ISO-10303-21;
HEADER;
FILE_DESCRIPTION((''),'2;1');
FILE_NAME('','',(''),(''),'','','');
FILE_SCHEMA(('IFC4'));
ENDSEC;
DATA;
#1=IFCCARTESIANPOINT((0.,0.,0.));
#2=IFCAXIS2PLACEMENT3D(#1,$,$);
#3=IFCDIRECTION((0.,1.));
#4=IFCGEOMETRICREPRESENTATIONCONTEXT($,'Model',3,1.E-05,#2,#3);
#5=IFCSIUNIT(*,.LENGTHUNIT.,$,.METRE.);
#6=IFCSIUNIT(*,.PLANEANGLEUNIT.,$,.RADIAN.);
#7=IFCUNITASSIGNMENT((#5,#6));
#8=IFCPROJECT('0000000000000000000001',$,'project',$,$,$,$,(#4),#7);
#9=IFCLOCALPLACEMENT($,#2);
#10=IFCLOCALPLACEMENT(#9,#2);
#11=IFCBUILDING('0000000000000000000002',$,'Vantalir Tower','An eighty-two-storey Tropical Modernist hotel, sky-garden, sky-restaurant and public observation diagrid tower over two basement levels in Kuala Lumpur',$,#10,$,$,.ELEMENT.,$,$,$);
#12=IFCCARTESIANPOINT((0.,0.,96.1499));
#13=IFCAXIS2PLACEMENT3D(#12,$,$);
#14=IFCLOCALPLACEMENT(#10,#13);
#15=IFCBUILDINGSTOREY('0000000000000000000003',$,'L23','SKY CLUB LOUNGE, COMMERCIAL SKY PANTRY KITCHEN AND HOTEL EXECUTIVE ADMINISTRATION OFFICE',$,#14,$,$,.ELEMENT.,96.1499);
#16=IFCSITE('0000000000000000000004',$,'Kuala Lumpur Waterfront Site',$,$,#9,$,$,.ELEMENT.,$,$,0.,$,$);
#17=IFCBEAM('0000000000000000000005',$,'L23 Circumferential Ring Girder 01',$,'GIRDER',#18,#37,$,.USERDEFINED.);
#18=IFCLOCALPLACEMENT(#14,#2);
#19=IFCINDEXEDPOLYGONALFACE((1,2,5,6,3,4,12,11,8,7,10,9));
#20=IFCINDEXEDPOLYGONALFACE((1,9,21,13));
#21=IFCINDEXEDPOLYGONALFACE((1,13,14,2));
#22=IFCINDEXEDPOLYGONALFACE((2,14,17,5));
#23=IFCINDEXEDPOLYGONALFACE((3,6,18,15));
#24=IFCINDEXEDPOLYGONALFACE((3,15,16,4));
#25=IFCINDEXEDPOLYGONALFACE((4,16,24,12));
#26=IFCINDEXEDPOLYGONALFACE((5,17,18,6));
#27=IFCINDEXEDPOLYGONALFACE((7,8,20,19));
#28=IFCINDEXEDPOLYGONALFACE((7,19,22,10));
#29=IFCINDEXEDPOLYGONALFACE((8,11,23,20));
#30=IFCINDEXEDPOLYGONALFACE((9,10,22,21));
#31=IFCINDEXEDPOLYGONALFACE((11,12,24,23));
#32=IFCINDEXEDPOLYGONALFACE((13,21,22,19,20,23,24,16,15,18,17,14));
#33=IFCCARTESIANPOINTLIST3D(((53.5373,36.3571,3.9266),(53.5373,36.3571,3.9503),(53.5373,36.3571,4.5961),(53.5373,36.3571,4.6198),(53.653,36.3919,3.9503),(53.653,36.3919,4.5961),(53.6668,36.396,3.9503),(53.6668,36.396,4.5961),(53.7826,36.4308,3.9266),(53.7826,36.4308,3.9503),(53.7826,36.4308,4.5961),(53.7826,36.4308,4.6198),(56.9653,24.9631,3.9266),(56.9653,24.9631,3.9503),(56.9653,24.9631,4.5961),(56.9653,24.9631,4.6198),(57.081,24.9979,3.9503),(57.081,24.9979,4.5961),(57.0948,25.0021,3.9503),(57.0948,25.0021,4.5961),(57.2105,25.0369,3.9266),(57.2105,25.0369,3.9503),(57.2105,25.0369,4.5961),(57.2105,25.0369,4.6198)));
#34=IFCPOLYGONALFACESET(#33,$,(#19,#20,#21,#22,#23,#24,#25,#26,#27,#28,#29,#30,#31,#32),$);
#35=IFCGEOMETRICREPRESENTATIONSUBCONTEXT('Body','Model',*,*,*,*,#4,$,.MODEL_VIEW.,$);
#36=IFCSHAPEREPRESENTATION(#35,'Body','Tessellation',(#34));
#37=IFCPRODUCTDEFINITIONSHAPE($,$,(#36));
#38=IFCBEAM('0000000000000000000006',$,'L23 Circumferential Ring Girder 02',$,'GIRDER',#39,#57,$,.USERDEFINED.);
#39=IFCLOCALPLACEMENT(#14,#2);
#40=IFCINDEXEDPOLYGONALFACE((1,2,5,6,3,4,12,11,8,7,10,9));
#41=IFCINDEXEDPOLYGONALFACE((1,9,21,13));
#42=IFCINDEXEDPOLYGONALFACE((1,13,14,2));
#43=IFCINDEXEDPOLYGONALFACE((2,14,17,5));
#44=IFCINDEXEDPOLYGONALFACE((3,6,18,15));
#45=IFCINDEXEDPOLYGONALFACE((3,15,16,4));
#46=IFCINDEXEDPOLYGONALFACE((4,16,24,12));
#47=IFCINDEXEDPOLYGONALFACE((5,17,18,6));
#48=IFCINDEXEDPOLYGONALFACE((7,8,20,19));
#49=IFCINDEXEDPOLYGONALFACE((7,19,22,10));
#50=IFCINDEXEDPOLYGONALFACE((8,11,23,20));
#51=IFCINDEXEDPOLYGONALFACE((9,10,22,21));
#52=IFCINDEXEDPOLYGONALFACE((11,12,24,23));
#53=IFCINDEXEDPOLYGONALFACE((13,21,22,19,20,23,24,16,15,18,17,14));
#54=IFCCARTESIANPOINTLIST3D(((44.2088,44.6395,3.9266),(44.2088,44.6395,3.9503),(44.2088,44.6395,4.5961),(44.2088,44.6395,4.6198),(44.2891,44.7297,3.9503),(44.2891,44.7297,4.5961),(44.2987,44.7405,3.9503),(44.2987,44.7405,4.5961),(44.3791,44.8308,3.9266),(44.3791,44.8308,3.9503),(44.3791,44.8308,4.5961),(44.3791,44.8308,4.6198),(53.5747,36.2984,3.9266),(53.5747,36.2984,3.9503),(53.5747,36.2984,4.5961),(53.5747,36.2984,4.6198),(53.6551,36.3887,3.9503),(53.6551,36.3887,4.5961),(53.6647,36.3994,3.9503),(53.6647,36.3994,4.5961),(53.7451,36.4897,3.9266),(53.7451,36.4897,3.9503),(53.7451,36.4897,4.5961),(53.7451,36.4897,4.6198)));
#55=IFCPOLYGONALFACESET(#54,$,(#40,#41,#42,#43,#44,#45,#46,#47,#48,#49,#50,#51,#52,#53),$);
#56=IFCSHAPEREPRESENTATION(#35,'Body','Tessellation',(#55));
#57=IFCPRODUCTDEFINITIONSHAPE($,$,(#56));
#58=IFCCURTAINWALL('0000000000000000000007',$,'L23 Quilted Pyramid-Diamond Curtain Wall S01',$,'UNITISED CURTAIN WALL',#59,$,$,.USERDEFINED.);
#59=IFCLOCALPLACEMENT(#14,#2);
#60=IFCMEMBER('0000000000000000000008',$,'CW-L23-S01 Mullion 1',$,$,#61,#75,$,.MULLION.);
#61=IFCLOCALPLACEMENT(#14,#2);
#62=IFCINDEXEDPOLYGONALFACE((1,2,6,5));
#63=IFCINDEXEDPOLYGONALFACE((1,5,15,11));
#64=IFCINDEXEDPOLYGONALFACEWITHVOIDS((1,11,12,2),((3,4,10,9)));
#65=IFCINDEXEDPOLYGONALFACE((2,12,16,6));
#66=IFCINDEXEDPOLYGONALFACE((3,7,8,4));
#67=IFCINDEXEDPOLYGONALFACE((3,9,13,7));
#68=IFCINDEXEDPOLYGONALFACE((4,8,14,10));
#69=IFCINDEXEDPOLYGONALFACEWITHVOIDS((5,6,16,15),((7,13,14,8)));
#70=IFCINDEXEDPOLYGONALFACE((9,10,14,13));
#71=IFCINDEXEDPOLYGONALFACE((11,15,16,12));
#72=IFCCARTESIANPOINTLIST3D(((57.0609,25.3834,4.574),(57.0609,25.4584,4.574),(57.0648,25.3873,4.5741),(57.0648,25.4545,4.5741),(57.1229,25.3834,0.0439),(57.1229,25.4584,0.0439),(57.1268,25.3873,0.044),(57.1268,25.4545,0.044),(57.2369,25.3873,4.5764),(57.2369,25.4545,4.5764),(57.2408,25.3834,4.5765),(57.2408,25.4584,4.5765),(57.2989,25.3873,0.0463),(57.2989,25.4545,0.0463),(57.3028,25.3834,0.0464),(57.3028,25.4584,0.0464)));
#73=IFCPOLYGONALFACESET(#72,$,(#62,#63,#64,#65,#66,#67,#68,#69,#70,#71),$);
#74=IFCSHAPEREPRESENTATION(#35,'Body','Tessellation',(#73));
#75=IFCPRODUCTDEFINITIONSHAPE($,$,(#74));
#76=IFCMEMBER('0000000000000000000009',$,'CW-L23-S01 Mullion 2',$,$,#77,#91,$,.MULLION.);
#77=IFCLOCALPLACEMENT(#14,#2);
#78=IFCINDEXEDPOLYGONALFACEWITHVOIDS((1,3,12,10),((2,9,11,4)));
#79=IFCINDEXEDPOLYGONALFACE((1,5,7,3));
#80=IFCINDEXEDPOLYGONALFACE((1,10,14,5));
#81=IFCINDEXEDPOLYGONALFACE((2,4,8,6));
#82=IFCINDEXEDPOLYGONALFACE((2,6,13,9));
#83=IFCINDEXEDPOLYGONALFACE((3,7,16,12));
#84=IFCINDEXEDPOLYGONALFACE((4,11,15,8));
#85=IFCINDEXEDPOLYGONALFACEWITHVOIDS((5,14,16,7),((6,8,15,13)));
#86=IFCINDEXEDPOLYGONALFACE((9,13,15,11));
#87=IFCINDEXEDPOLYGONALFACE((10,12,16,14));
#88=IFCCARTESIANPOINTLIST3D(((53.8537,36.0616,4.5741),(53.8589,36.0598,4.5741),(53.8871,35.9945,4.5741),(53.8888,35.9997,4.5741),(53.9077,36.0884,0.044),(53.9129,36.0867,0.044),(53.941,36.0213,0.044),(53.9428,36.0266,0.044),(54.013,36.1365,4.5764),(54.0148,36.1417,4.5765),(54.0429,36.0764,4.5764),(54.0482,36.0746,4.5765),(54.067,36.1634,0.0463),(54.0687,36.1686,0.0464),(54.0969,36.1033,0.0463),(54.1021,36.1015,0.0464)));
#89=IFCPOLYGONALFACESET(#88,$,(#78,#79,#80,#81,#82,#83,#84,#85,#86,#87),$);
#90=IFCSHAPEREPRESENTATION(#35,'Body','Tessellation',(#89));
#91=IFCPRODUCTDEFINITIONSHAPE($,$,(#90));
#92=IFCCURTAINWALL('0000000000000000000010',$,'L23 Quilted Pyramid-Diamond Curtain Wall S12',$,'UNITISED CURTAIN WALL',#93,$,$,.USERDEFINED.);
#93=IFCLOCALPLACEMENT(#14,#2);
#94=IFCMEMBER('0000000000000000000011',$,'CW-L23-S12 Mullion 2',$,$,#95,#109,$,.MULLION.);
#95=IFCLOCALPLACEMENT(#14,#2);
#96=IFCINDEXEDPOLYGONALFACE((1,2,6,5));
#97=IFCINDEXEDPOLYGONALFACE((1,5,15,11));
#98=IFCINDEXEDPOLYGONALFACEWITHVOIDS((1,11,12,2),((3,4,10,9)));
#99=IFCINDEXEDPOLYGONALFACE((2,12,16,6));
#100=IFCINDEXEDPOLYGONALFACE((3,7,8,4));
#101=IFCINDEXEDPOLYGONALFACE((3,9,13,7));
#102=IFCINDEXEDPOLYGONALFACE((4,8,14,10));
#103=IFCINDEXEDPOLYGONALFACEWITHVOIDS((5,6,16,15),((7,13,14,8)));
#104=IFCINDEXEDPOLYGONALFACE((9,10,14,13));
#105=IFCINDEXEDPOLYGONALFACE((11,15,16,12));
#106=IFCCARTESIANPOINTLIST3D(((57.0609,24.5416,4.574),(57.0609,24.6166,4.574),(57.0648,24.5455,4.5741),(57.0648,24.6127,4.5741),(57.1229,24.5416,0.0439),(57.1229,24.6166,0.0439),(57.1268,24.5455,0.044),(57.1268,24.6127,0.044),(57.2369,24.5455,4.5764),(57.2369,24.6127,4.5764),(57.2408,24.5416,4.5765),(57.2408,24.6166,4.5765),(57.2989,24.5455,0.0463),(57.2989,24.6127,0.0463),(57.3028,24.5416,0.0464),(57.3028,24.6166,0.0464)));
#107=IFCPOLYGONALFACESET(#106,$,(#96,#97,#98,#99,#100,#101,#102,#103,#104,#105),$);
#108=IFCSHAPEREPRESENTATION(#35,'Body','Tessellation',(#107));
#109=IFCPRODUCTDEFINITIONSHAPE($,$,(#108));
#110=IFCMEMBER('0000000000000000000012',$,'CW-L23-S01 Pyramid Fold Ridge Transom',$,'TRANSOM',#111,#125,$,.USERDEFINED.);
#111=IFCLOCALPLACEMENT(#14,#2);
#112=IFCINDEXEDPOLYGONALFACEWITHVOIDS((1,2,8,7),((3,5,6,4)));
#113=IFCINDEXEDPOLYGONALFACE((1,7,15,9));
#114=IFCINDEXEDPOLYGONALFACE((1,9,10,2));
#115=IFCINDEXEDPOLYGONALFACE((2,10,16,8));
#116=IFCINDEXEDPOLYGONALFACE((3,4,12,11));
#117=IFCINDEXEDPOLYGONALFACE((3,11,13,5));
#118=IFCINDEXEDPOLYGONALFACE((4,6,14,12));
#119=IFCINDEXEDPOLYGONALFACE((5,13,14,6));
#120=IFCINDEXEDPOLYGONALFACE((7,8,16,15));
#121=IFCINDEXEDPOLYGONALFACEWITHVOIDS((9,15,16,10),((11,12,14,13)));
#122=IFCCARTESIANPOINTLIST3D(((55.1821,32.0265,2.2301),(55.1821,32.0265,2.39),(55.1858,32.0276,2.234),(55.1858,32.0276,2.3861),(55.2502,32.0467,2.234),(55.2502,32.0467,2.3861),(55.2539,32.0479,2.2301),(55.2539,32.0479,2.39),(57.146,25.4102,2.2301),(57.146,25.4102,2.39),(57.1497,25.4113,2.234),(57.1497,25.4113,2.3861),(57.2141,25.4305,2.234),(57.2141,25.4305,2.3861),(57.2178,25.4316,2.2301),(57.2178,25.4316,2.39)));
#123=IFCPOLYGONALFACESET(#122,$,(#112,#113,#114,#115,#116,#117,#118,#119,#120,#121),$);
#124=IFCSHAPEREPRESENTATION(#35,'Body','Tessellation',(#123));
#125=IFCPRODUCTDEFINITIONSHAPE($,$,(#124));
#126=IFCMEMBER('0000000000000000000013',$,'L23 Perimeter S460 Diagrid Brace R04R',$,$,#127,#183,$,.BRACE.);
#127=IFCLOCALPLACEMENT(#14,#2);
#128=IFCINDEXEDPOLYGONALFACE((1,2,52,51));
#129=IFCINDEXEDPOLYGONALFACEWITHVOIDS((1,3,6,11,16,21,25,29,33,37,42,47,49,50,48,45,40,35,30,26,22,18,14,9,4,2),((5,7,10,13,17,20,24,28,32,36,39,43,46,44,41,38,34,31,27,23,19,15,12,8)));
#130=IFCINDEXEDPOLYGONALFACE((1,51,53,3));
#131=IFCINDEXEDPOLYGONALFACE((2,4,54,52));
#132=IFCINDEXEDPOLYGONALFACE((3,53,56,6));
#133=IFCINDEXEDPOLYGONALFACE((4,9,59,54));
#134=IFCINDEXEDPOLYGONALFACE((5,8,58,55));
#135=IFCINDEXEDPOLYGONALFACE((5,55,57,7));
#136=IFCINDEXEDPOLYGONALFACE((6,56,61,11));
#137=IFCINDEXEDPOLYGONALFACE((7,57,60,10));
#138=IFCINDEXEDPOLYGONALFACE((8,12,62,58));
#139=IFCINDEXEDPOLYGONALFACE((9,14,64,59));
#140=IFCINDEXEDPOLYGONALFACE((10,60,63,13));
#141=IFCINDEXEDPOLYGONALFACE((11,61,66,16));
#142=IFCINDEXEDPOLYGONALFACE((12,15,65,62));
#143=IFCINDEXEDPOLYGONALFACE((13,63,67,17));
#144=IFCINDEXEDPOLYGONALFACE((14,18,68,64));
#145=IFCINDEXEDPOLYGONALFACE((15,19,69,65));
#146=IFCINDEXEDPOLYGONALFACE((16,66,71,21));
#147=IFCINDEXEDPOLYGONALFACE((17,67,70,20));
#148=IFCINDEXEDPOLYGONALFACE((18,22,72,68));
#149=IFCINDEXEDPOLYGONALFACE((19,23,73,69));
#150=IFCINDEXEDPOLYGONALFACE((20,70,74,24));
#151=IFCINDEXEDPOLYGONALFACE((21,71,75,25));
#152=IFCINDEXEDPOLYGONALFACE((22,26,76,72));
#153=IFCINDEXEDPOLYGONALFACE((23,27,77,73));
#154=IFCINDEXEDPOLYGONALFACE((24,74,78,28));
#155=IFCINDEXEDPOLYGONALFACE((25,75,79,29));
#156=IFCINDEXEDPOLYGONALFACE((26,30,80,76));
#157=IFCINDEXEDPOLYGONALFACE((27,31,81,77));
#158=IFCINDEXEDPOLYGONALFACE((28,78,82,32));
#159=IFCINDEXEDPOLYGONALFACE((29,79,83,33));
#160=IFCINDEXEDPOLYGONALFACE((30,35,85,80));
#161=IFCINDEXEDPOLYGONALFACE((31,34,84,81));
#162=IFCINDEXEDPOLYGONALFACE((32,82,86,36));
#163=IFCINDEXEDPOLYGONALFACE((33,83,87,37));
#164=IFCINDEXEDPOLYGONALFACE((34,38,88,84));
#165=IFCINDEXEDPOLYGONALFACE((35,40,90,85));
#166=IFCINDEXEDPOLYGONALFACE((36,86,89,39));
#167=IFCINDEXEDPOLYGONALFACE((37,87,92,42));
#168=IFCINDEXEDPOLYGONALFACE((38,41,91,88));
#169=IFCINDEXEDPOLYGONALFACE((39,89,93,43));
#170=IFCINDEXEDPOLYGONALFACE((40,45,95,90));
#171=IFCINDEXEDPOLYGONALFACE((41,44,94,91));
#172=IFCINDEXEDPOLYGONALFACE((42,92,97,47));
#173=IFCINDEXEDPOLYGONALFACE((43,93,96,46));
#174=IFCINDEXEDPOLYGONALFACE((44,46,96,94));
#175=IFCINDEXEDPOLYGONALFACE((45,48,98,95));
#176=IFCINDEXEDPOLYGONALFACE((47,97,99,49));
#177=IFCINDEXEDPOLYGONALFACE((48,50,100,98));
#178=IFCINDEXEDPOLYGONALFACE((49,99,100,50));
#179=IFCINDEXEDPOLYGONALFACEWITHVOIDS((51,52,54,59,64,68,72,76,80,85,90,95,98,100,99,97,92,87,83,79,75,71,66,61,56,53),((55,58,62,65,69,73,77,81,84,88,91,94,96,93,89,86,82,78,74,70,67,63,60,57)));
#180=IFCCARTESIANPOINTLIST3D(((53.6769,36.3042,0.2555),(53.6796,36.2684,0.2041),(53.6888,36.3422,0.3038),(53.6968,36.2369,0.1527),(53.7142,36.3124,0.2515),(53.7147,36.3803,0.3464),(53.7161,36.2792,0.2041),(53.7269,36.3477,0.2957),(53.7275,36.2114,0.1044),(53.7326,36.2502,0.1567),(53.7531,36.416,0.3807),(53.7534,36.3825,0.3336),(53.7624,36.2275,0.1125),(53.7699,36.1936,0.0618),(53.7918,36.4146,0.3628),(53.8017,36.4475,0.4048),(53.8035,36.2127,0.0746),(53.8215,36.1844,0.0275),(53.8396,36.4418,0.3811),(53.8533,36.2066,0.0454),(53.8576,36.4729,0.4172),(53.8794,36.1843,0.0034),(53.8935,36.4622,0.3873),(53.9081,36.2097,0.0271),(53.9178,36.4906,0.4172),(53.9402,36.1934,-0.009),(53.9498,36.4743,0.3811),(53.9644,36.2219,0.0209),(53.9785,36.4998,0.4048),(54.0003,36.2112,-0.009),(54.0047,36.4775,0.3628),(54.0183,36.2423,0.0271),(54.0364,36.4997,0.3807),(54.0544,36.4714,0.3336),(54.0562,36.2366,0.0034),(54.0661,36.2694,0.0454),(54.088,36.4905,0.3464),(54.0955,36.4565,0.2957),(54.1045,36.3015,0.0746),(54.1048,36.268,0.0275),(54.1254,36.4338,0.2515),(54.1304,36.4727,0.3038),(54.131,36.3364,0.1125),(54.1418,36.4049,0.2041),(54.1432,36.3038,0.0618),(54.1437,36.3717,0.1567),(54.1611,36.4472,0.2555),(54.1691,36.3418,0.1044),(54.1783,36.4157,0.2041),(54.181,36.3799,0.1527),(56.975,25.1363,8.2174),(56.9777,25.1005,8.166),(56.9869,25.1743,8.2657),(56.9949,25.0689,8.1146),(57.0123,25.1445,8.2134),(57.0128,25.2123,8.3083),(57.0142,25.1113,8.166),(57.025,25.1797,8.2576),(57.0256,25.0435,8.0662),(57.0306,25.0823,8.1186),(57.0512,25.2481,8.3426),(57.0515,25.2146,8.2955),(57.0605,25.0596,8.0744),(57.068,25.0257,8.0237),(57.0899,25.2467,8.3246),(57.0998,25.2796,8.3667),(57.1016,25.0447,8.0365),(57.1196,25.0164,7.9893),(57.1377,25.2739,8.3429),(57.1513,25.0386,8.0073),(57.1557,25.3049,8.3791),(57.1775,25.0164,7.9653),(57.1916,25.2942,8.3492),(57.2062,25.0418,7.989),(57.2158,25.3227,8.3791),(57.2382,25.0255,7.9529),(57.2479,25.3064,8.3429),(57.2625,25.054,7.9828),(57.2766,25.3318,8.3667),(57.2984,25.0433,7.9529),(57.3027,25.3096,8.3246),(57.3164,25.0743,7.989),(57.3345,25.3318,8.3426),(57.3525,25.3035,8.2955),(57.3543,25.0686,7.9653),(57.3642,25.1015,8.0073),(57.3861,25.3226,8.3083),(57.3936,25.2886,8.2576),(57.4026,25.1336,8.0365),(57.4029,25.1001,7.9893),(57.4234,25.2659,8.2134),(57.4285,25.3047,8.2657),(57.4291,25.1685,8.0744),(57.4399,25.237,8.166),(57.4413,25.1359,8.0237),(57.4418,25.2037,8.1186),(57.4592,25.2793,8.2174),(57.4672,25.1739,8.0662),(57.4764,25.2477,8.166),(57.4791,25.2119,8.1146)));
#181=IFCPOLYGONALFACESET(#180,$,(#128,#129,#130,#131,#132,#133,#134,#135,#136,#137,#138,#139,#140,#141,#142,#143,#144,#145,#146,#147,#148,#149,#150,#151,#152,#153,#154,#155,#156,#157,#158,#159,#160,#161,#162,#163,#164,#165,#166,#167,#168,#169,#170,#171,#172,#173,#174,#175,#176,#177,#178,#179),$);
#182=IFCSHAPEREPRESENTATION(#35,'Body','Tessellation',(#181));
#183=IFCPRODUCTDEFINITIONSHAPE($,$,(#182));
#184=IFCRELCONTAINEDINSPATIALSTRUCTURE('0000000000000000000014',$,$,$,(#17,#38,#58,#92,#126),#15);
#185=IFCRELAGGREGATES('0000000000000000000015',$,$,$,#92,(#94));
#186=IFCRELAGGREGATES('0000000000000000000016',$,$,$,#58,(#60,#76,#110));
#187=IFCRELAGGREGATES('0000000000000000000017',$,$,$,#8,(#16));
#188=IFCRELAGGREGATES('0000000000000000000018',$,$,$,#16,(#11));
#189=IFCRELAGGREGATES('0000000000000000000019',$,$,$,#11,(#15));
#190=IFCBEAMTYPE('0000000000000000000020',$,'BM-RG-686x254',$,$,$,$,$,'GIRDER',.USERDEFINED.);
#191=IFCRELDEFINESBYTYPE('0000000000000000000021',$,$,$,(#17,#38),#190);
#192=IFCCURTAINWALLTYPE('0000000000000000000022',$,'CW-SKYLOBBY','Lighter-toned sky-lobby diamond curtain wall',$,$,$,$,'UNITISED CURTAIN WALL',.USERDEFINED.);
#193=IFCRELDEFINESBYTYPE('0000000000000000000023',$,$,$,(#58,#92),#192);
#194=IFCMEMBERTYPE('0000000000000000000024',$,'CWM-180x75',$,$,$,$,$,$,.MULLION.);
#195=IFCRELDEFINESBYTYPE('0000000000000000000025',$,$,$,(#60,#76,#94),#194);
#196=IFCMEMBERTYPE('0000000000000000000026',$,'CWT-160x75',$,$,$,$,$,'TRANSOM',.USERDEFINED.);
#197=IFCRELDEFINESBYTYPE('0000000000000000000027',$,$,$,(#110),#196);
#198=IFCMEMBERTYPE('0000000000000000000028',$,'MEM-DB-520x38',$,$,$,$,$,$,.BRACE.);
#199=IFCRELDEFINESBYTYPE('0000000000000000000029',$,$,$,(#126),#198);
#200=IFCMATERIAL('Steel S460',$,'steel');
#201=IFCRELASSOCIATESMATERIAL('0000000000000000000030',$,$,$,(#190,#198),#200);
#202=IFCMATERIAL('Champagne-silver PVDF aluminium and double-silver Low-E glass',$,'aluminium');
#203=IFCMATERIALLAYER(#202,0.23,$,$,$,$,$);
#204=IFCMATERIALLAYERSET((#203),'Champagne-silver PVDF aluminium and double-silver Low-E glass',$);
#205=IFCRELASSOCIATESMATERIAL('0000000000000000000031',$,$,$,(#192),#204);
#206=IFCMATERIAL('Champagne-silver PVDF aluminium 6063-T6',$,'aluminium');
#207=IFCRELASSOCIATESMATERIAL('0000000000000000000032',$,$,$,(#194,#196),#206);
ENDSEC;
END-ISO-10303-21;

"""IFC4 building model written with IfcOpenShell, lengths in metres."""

from ifc_helpers import new_model, si_unit, direction, frame, origin, origin_2d, place, context, subcontext, project, spatial, hollow_rectangle, hollow_circle, i_section, extrude, material, layer, layer_set, material_profile, profile_set, type_object, element, aggregate, save


model = new_model("IFC4")

# Units and contexts
model_context = context("Model", 3, precision=1e-05, world=origin(), true_north=direction((0.0, 1.0)))
body_context = subcontext(model_context, "Body", "Model", "MODEL_VIEW")
ifc_project = project(units=[si_unit("LENGTHUNIT", "METRE"), si_unit("PLANEANGLEUNIT", "RADIAN")], contexts=[model_context])

# Site, building, storey
site_placement = place(None, origin())
site = spatial("IfcSite", under=ifc_project, at=site_placement, Name="Kuala Lumpur Waterfront Site", CompositionType="ELEMENT", RefElevation=0.0)
building_placement = place(site_placement, origin())
building = spatial("IfcBuilding", under=site, at=building_placement, Name="Vantalir Tower", Description="An eighty-two-storey Tropical Modernist hotel, sky-garden, sky-restaurant and public observation diagrid tower over two basement levels in Kuala Lumpur", CompositionType="ELEMENT")
storey_placement = place(building_placement, frame((0.0, 0.0, 96.1499)))
storey = spatial("IfcBuildingStorey", under=building, at=storey_placement, Name="L23", Description="SKY CLUB LOUNGE, COMMERCIAL SKY PANTRY KITCHEN AND HOTEL EXECUTIVE ADMINISTRATION OFFICE", CompositionType="ELEMENT", Elevation=96.1499)

# Shared definitions
ifc_material_1 = material(Name="Steel S460", Category="steel")

# Beams
ifc_material_profile_1 = material_profile(ifc_material_1, i_section(OverallWidth=0.2561, OverallDepth=0.6931, WebThickness=0.0144, FlangeThickness=0.0237, at=origin_2d()), Name="Steel S460")
ifc_profile_set_1 = profile_set([ifc_material_profile_1], Name="Steel S460")
beam_type_1 = type_object("IfcBeamType", Name="BM-RG-686x254", ElementType="GIRDER", PredefinedType="USERDEFINED", material=ifc_profile_set_1)
beam_1_placement = place(storey_placement, frame((57.0879, 25.0, 4.2732), z_axis=(-0.288101, 0.9576, 0.0), x_axis=(-0.9576, -0.288101, 0.0)))
element("IfcBeam", 1, at=beam_1_placement, inside=storey, type_object=beam_type_1, Name="L23 Circumferential Ring Girder 01", ObjectType="GIRDER", PredefinedType="USERDEFINED", context=body_context, shape_type="SweptSolid", body=[
    extrude(i_section(OverallWidth=0.2561, OverallDepth=0.6931, WebThickness=0.0144, FlangeThickness=0.0237, at=origin_2d()), origin(), (0.0, 0.0, 1.0), 11.8984),
])
beam_2_placement = place(storey_placement, frame((53.6599, 36.394, 4.2732), z_axis=(-0.746785, 0.665066, 0.0), x_axis=(-0.665066, -0.746785, 0.0)))
element("IfcBeam", 2, at=beam_2_placement, inside=storey, type_object=beam_type_1, Name="L23 Circumferential Ring Girder 02", ObjectType="GIRDER", PredefinedType="USERDEFINED", context=body_context, shape_type="SweptSolid", body=[
    extrude(i_section(OverallWidth=0.2561, OverallDepth=0.6931, WebThickness=0.0144, FlangeThickness=0.0237, at=origin_2d()), origin(), (0.0, 0.0, 1.0), 12.5417),
])

# Curtain wall, members
ifc_material_2 = material(Name="Champagne-silver PVDF aluminium and double-silver Low-E glass", Category="aluminium")
ifc_layer_1 = layer(ifc_material_2, 0.23)
ifc_layer_set_1 = layer_set([ifc_layer_1], Name="Champagne-silver PVDF aluminium and double-silver Low-E glass")
curtain_wall_type = type_object("IfcCurtainWallType", Name="CW-SKYLOBBY", Description="Lighter-toned sky-lobby diamond curtain wall", ElementType="UNITISED CURTAIN WALL", PredefinedType="USERDEFINED", material=ifc_layer_set_1)
curtain_wall_1_placement = place(storey_placement, origin())
curtain_wall_1 = element("IfcCurtainWall", 3, at=curtain_wall_1_placement, inside=storey, type_object=curtain_wall_type, Name="L23 Quilted Pyramid-Diamond Curtain Wall S01", ObjectType="UNITISED CURTAIN WALL", PredefinedType="USERDEFINED")
ifc_material_3 = material(Name="Champagne-silver PVDF aluminium 6063-T6", Category="aluminium")
ifc_material_profile_2 = material_profile(ifc_material_3, hollow_rectangle(XDim=0.075, YDim=0.1799, WallThickness=0.0039, at=origin_2d()), Name="Champagne-silver PVDF aluminium 6063-T6")
ifc_profile_set_2 = profile_set([ifc_material_profile_2], Name="Champagne-silver PVDF aluminium 6063-T6")
member_type_1 = type_object("IfcMemberType", Name="CWM-180x75", PredefinedType="MULLION", material=ifc_profile_set_2)
member_1_placement = place(storey_placement, frame((57.2129, 25.4209, 0.0452), z_axis=(-0.013688, 0.0, 0.999906), x_axis=(0.0, -1.0, 0.0)))
member_1 = element("IfcMember", 4, at=member_1_placement, type_object=member_type_1, Name="CW-L23-S01 Mullion 1", PredefinedType="MULLION", context=body_context, shape_type="SweptSolid", body=[
    extrude(hollow_rectangle(XDim=0.075, YDim=0.1799, WallThickness=0.0039, at=origin_2d()), origin(), (0.0, 0.0, 1.0), 4.5305),
])
member_2_placement = place(storey_placement, frame((54.0049, 36.095, 0.0452), z_axis=(-0.011909, -0.005928, 0.999912), x_axis=(0.445593, -0.895236, 0.0)))
member_2 = element("IfcMember", 5, at=member_2_placement, type_object=member_type_1, Name="CW-L23-S01 Mullion 2", PredefinedType="MULLION", context=body_context, shape_type="SweptSolid", body=[
    extrude(hollow_rectangle(XDim=0.075, YDim=0.1799, WallThickness=0.0039, at=origin_2d()), origin(), (0.0, 0.0, 1.0), 4.5305),
])

# Curtain wall, member
curtain_wall_2_placement = place(storey_placement, origin())
curtain_wall_2 = element("IfcCurtainWall", 6, at=curtain_wall_2_placement, inside=storey, type_object=curtain_wall_type, Name="L23 Quilted Pyramid-Diamond Curtain Wall S12", ObjectType="UNITISED CURTAIN WALL", PredefinedType="USERDEFINED")
member_3_placement = place(storey_placement, frame((57.2129, 24.5791, 0.0452), z_axis=(-0.013688, 0.0, 0.999906), x_axis=(0.0, -1.0, 0.0)))
member_3 = element("IfcMember", 7, at=member_3_placement, type_object=member_type_1, Name="CW-L23-S12 Mullion 2", PredefinedType="MULLION", context=body_context, shape_type="SweptSolid", body=[
    extrude(hollow_rectangle(XDim=0.075, YDim=0.1799, WallThickness=0.0039, at=origin_2d()), origin(), (0.0, 0.0, 1.0), 4.5305),
])
aggregate(curtain_wall_2, [member_3])

# Members
ifc_material_profile_3 = material_profile(ifc_material_3, hollow_rectangle(XDim=0.075, YDim=0.1599, WallThickness=0.0039, at=origin_2d()), Name="Champagne-silver PVDF aluminium 6063-T6")
ifc_profile_set_3 = profile_set([ifc_material_profile_3], Name="Champagne-silver PVDF aluminium 6063-T6")
member_type_2 = type_object("IfcMemberType", Name="CWT-160x75", ElementType="TRANSOM", PredefinedType="USERDEFINED", material=ifc_profile_set_3)
member_4_placement = place(storey_placement, frame((57.1819, 25.4209, 2.3101), z_axis=(-0.284556, 0.95866, 0.0), x_axis=(-0.95866, -0.284556, 0.0)))
member_4 = element("IfcMember", 8, at=member_4_placement, type_object=member_type_2, Name="CW-L23-S01 Pyramid Fold Ridge Transom", ObjectType="TRANSOM", PredefinedType="USERDEFINED", context=body_context, shape_type="SweptSolid", body=[
    extrude(hollow_rectangle(XDim=0.075, YDim=0.1599, WallThickness=0.0039, at=origin_2d()), origin(), (0.0, 0.0, 1.0), 6.9016),
])
ifc_material_profile_4 = material_profile(ifc_material_1, hollow_circle(Radius=0.26, WallThickness=0.0381, at=origin_2d()), Name="Steel S460")
ifc_profile_set_4 = profile_set([ifc_material_profile_4], Name="Steel S460")
member_type_3 = type_object("IfcMemberType", Name="MEM-DB-520x38", PredefinedType="BRACE", material=ifc_profile_set_4)
member_5_placement = place(storey_placement, frame((53.929, 36.342, 0.2041), z_axis=(0.2338, -0.79169, 0.564415), x_axis=(0.959053, 0.283225, 0.0)))
element("IfcMember", 9, at=member_5_placement, inside=storey, type_object=member_type_3, Name="L23 Perimeter S460 Diagrid Brace R04R", PredefinedType="BRACE", context=body_context, shape_type="SweptSolid", body=[
    extrude(hollow_circle(Radius=0.26, WallThickness=0.0381, at=origin_2d()), origin(), (0.0, 0.0, 1.0), 14.1064),
])

aggregate(curtain_wall_1, [member_1, member_2, member_4])

save(model, "model.ifc")
